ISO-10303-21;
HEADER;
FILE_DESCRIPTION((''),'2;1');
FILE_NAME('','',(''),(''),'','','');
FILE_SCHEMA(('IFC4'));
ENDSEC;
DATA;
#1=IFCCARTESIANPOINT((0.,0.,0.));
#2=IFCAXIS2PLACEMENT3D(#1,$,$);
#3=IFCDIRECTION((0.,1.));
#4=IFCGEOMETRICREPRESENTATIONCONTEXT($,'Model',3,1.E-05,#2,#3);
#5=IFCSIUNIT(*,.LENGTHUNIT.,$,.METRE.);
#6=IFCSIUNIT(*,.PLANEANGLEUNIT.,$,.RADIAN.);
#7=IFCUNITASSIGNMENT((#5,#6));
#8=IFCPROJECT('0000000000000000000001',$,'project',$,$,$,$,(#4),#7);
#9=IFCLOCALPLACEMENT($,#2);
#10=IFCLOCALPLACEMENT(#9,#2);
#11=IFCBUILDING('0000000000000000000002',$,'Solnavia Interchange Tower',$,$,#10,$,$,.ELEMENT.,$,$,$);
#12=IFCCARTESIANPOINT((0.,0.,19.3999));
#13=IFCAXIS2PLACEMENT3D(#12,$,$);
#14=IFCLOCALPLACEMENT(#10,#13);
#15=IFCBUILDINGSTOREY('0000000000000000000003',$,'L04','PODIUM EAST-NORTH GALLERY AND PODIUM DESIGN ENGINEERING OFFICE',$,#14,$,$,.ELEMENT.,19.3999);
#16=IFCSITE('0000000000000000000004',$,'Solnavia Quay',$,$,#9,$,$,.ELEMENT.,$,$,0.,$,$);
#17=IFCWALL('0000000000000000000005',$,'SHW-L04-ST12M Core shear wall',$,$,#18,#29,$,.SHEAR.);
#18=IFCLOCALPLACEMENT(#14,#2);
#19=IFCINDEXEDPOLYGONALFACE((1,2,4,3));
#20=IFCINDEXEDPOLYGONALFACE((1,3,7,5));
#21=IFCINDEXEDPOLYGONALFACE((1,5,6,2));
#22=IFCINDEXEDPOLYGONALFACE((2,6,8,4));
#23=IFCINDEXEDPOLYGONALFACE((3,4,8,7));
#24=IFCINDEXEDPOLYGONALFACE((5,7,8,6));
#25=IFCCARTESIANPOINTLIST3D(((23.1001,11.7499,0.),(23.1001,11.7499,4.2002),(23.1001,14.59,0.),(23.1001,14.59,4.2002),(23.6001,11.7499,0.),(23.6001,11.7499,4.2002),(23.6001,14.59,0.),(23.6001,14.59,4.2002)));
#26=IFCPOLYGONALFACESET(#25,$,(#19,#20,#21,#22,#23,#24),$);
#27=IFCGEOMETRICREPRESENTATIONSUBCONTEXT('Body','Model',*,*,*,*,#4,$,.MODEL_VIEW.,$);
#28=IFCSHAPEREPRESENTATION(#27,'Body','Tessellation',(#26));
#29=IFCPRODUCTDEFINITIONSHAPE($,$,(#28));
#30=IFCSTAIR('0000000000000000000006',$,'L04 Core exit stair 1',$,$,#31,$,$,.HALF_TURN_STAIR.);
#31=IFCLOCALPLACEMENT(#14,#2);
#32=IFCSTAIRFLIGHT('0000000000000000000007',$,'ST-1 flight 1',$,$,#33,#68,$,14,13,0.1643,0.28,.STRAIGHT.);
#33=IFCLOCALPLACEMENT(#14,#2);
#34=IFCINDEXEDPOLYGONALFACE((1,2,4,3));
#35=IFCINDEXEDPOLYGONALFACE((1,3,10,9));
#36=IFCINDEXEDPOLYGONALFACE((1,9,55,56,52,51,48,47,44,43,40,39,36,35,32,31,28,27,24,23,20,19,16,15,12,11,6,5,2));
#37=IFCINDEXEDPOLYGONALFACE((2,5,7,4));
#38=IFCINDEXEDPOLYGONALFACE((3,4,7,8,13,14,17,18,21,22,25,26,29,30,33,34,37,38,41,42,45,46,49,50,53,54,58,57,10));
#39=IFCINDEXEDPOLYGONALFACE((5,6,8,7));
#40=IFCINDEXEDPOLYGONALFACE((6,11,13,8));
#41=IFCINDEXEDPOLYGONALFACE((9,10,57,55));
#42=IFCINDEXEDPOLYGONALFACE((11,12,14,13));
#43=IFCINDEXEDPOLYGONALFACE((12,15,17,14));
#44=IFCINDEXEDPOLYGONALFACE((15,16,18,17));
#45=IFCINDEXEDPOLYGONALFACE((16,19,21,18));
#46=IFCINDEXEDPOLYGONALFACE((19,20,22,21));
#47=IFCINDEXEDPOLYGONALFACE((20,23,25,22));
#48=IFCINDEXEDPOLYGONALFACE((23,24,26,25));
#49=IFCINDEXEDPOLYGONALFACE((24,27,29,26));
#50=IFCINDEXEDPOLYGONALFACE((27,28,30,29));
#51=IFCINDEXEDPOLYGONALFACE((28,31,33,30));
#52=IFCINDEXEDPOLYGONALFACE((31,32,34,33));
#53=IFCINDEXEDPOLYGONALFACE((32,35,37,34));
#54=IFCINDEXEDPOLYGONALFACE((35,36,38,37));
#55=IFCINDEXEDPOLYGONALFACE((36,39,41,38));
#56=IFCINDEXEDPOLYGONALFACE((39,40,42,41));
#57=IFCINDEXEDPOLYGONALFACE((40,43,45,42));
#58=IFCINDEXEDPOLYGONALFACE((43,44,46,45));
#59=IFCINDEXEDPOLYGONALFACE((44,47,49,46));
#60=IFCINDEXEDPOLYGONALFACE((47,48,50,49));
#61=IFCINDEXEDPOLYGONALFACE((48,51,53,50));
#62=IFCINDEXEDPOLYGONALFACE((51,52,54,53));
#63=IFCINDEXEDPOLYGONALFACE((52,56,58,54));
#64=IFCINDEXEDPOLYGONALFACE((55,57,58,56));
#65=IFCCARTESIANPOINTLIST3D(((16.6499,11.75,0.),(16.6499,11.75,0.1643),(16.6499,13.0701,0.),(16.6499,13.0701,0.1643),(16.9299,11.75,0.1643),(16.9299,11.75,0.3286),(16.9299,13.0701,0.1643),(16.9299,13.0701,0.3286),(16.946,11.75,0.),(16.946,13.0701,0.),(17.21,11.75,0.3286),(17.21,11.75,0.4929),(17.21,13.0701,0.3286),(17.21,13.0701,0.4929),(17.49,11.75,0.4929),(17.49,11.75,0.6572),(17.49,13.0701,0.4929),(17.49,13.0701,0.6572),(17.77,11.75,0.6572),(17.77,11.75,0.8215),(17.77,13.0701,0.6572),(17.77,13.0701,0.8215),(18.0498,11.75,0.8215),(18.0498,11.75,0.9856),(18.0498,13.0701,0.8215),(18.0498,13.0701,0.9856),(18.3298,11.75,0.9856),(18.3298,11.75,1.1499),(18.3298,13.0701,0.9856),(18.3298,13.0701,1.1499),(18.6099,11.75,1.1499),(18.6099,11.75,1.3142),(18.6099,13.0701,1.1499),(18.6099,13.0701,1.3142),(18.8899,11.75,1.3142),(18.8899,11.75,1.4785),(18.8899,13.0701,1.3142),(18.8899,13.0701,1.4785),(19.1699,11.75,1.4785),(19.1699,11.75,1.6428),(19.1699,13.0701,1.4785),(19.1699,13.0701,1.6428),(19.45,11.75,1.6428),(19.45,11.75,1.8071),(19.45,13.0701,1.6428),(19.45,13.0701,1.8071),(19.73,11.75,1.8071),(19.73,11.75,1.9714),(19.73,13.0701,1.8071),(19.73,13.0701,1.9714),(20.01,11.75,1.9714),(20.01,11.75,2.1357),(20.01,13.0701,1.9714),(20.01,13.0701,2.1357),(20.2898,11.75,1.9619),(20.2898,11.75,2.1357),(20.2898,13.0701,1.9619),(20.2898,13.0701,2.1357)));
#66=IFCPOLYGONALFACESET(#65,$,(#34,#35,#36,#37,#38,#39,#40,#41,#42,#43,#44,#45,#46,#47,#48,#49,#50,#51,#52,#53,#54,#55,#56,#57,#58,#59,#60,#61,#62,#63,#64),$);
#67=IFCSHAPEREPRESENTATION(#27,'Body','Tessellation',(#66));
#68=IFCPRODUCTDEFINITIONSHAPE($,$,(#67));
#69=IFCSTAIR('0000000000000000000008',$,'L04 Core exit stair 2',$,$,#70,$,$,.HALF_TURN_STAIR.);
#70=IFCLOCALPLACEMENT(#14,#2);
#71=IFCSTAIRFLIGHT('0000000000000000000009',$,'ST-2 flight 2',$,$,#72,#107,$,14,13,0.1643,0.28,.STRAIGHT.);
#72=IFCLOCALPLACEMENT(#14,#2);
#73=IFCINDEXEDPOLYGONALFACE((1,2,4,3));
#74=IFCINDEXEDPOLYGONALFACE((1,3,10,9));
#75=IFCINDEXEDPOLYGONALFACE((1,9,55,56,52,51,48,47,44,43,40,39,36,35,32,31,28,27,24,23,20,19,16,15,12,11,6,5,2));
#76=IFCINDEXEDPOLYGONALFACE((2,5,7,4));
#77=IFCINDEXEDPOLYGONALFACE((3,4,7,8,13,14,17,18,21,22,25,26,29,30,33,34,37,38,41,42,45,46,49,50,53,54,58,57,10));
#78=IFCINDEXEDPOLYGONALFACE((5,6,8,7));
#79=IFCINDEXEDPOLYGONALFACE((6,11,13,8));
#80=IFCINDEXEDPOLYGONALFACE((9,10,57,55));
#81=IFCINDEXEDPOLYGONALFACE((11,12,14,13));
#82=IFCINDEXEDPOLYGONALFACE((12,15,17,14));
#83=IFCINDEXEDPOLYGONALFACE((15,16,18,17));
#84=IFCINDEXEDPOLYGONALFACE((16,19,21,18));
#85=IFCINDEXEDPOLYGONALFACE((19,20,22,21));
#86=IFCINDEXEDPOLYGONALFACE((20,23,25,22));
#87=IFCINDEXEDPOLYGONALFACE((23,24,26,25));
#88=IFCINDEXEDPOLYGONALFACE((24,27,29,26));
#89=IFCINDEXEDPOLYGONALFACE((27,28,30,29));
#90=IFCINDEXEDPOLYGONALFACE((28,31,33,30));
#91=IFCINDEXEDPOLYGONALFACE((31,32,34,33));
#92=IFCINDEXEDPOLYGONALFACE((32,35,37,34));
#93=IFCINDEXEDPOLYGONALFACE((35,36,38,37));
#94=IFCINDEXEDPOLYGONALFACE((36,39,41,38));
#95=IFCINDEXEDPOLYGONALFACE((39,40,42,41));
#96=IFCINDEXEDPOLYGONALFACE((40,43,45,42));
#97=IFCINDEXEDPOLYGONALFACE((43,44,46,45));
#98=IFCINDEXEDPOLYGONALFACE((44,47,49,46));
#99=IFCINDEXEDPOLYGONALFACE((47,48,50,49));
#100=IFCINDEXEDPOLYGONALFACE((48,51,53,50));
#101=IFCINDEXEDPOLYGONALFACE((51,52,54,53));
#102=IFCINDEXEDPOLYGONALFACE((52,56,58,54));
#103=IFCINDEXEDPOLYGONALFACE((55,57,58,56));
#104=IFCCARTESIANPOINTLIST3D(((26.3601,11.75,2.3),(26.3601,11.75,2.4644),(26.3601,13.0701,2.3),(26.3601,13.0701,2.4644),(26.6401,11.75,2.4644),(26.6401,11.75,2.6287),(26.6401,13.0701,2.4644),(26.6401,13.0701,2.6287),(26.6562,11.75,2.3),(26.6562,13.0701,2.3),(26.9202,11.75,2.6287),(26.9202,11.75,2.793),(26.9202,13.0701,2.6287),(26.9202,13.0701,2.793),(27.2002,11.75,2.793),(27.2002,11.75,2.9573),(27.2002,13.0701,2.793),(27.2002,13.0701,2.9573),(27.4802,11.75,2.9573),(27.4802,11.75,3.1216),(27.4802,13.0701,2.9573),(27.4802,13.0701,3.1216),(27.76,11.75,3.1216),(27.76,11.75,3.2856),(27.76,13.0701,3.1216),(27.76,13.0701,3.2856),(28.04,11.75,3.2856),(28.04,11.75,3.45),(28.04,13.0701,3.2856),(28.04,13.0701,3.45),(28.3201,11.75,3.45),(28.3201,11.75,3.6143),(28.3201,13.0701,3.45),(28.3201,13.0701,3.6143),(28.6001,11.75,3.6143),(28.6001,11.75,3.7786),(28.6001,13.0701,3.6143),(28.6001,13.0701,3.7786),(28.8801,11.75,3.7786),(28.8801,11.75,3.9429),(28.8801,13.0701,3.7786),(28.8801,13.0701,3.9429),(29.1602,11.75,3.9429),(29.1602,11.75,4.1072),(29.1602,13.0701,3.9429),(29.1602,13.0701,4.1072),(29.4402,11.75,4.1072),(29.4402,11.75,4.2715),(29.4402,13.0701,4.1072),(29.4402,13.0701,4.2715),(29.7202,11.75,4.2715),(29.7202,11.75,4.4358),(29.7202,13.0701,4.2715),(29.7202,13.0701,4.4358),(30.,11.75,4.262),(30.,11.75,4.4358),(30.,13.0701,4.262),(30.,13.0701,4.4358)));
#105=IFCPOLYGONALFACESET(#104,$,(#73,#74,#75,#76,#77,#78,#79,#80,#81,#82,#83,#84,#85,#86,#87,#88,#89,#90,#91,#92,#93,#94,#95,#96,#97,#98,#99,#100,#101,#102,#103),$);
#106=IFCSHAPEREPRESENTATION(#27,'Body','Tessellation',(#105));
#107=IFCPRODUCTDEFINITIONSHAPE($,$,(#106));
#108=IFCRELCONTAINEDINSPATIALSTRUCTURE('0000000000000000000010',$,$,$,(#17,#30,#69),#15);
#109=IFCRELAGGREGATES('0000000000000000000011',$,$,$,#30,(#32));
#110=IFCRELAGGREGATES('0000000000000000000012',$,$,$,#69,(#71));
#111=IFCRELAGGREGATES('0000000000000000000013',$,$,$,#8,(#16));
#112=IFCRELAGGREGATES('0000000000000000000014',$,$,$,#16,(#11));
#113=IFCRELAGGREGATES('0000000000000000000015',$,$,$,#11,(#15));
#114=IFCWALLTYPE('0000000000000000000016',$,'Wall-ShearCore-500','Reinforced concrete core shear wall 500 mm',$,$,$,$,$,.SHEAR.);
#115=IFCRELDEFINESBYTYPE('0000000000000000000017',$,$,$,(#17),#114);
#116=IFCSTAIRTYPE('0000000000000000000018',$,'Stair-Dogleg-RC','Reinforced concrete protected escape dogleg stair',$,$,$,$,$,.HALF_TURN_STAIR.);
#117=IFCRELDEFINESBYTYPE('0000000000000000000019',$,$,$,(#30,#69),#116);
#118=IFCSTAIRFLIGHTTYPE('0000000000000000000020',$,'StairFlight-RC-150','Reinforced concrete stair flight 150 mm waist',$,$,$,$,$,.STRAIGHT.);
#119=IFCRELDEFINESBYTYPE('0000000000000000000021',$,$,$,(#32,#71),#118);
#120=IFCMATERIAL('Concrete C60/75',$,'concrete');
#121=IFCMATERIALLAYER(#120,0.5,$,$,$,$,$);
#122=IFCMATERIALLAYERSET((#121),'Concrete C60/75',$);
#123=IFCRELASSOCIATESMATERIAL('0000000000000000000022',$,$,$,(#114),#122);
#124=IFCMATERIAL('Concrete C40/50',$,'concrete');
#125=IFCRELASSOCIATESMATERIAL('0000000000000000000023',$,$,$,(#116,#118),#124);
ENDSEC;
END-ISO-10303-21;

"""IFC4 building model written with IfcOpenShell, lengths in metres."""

from ifc_helpers import new_model, si_unit, direction, frame, frame_2d, origin, place, context, subcontext, project, spatial, polyline, rectangle, outline, extrude, material, layer, layer_set, type_object, element, aggregate, save


model = new_model("IFC4")

# Units and contexts
model_context = context("Model", 3, precision=1e-05, world=origin(), true_north=direction((0.0, 1.0)))
body_context = subcontext(model_context, "Body", "Model", "MODEL_VIEW")
ifc_project = project(units=[si_unit("LENGTHUNIT", "METRE"), si_unit("PLANEANGLEUNIT", "RADIAN")], contexts=[model_context])

# Site, building, storey
site_placement = place(None, origin())
site = spatial("IfcSite", under=ifc_project, at=site_placement, Name="Solnavia Quay", CompositionType="ELEMENT", RefElevation=0.0)
building_placement = place(site_placement, origin())
building = spatial("IfcBuilding", under=site, at=building_placement, Name="Solnavia Interchange Tower", CompositionType="ELEMENT")
storey_placement = place(building_placement, frame((0.0, 0.0, 19.3999)))
storey = spatial("IfcBuildingStorey", under=building, at=storey_placement, Name="L04", Description="PODIUM EAST-NORTH GALLERY AND PODIUM DESIGN ENGINEERING OFFICE", CompositionType="ELEMENT", Elevation=19.3999)

# Shared definitions
ifc_material_1 = material(Name="Concrete C60/75", Category="concrete")

# Shared definitions
ifc_material_2 = material(Name="Concrete C40/50", Category="concrete")

# Wall
ifc_layer_1 = layer(ifc_material_1, 0.5)
ifc_layer_set_1 = layer_set([ifc_layer_1], Name="Concrete C60/75")
wall_type_1 = type_object("IfcWallType", Name="Wall-ShearCore-500", Description="Reinforced concrete core shear wall 500 mm", PredefinedType="SHEAR", material=ifc_layer_set_1)
wall_1_placement = place(storey_placement, frame((23.3501, 11.75, 0.0), z_axis=(0.0, 0.0, 1.0), x_axis=(0.0, 1.0, 0.0)))
element("IfcWall", 1, at=wall_1_placement, inside=storey, type_object=wall_type_1, Name="SHW-L04-ST12M Core shear wall", PredefinedType="SHEAR", context=body_context, shape_type="SweptSolid", body=[
    extrude(rectangle(XDim=2.8401, YDim=0.5, at=frame_2d((1.4199, 0.0))), origin(), (0.0, 0.0, 1.0), 4.2002),
])

# Stairs, stair flights
stair_type = type_object("IfcStairType", Name="Stair-Dogleg-RC", Description="Reinforced concrete protected escape dogleg stair", PredefinedType="HALF_TURN_STAIR", material=ifc_material_2)
stair_1_placement = place(storey_placement, origin())
stair_1 = element("IfcStair", 2, at=stair_1_placement, inside=storey, type_object=stair_type, Name="L04 Core exit stair 1", PredefinedType="HALF_TURN_STAIR")
stair_flight_type = type_object("IfcStairFlightType", Name="StairFlight-RC-150", Description="Reinforced concrete stair flight 150 mm waist", PredefinedType="STRAIGHT", material=ifc_material_2)
stair_flight_1_placement = place(storey_placement, frame((16.6499, 12.4099, 0.0), z_axis=(0.0, 0.0, 1.0), x_axis=(1.0, 0.0, 0.0)))
stair_flight_1 = element("IfcStairFlight", 3, at=stair_flight_1_placement, type_object=stair_flight_type, Name="ST-1 flight 1", NumberOfRisers=14, NumberOfTreads=13, PredefinedType="STRAIGHT", RiserHeight=0.1643, TreadLength=0.28, context=body_context, shape_type="SweptSolid", body=[
    extrude(outline(polyline([(0.0, 0.0), (0.0, 0.1643), (0.28, 0.1643), (0.28, 0.3286), (0.5601, 0.3286), (0.5601, 0.4929), (0.8401, 0.4929), (0.8401, 0.6572), (1.1201, 0.6572), (1.1201, 0.8215), (1.3999, 0.8215), (1.3999, 0.9856), (1.6799, 0.9856), (1.6799, 1.1499), (1.96, 1.1499), (1.96, 1.3142), (2.24, 1.3142), (2.24, 1.4785), (2.52, 1.4785), (2.52, 1.6428), (2.8, 1.6428), (2.8, 1.8071), (3.0801, 1.8071), (3.0801, 1.9714), (3.3601, 1.9714), (3.3601, 2.1357), (3.6399, 2.1357), (3.6399, 2.3), (3.6399, 1.9619), (0.2961, 0.0), (0.0, 0.0)])), frame((0.0, 0.6602, 0.0), z_axis=(0.0, -1.0, 0.0), x_axis=(1.0, 0.0, 0.0)), (0.0, 0.0, 1.0), 1.3201),
])
aggregate(stair_1, [stair_flight_1])
stair_2_placement = place(storey_placement, origin())
stair_2 = element("IfcStair", 4, at=stair_2_placement, inside=storey, type_object=stair_type, Name="L04 Core exit stair 2", PredefinedType="HALF_TURN_STAIR")
stair_flight_2_placement = place(storey_placement, frame((26.3601, 12.4099, 2.3), z_axis=(0.0, 0.0, 1.0), x_axis=(1.0, 0.0, 0.0)))
stair_flight_2 = element("IfcStairFlight", 5, at=stair_flight_2_placement, type_object=stair_flight_type, Name="ST-2 flight 2", NumberOfRisers=14, NumberOfTreads=13, PredefinedType="STRAIGHT", RiserHeight=0.1643, TreadLength=0.28, context=body_context, shape_type="SweptSolid", body=[
    extrude(outline(polyline([(0.0, 0.0), (0.0, 0.1643), (0.28, 0.1643), (0.28, 0.3286), (0.5601, 0.3286), (0.5601, 0.4929), (0.8401, 0.4929), (0.8401, 0.6572), (1.1201, 0.6572), (1.1201, 0.8215), (1.3999, 0.8215), (1.3999, 0.9856), (1.6799, 0.9856), (1.6799, 1.1499), (1.96, 1.1499), (1.96, 1.3142), (2.24, 1.3142), (2.24, 1.4785), (2.52, 1.4785), (2.52, 1.6428), (2.8, 1.6428), (2.8, 1.8071), (3.0801, 1.8071), (3.0801, 1.9714), (3.3601, 1.9714), (3.3601, 2.1357), (3.6399, 2.1357), (3.6399, 2.3), (3.6399, 1.9619), (0.2961, 0.0), (0.0, 0.0)])), frame((0.0, 0.6602, 0.0), z_axis=(0.0, -1.0, 0.0), x_axis=(1.0, 0.0, 0.0)), (0.0, 0.0, 1.0), 1.3201),
])
aggregate(stair_2, [stair_flight_2])

save(model, "model.ifc")
